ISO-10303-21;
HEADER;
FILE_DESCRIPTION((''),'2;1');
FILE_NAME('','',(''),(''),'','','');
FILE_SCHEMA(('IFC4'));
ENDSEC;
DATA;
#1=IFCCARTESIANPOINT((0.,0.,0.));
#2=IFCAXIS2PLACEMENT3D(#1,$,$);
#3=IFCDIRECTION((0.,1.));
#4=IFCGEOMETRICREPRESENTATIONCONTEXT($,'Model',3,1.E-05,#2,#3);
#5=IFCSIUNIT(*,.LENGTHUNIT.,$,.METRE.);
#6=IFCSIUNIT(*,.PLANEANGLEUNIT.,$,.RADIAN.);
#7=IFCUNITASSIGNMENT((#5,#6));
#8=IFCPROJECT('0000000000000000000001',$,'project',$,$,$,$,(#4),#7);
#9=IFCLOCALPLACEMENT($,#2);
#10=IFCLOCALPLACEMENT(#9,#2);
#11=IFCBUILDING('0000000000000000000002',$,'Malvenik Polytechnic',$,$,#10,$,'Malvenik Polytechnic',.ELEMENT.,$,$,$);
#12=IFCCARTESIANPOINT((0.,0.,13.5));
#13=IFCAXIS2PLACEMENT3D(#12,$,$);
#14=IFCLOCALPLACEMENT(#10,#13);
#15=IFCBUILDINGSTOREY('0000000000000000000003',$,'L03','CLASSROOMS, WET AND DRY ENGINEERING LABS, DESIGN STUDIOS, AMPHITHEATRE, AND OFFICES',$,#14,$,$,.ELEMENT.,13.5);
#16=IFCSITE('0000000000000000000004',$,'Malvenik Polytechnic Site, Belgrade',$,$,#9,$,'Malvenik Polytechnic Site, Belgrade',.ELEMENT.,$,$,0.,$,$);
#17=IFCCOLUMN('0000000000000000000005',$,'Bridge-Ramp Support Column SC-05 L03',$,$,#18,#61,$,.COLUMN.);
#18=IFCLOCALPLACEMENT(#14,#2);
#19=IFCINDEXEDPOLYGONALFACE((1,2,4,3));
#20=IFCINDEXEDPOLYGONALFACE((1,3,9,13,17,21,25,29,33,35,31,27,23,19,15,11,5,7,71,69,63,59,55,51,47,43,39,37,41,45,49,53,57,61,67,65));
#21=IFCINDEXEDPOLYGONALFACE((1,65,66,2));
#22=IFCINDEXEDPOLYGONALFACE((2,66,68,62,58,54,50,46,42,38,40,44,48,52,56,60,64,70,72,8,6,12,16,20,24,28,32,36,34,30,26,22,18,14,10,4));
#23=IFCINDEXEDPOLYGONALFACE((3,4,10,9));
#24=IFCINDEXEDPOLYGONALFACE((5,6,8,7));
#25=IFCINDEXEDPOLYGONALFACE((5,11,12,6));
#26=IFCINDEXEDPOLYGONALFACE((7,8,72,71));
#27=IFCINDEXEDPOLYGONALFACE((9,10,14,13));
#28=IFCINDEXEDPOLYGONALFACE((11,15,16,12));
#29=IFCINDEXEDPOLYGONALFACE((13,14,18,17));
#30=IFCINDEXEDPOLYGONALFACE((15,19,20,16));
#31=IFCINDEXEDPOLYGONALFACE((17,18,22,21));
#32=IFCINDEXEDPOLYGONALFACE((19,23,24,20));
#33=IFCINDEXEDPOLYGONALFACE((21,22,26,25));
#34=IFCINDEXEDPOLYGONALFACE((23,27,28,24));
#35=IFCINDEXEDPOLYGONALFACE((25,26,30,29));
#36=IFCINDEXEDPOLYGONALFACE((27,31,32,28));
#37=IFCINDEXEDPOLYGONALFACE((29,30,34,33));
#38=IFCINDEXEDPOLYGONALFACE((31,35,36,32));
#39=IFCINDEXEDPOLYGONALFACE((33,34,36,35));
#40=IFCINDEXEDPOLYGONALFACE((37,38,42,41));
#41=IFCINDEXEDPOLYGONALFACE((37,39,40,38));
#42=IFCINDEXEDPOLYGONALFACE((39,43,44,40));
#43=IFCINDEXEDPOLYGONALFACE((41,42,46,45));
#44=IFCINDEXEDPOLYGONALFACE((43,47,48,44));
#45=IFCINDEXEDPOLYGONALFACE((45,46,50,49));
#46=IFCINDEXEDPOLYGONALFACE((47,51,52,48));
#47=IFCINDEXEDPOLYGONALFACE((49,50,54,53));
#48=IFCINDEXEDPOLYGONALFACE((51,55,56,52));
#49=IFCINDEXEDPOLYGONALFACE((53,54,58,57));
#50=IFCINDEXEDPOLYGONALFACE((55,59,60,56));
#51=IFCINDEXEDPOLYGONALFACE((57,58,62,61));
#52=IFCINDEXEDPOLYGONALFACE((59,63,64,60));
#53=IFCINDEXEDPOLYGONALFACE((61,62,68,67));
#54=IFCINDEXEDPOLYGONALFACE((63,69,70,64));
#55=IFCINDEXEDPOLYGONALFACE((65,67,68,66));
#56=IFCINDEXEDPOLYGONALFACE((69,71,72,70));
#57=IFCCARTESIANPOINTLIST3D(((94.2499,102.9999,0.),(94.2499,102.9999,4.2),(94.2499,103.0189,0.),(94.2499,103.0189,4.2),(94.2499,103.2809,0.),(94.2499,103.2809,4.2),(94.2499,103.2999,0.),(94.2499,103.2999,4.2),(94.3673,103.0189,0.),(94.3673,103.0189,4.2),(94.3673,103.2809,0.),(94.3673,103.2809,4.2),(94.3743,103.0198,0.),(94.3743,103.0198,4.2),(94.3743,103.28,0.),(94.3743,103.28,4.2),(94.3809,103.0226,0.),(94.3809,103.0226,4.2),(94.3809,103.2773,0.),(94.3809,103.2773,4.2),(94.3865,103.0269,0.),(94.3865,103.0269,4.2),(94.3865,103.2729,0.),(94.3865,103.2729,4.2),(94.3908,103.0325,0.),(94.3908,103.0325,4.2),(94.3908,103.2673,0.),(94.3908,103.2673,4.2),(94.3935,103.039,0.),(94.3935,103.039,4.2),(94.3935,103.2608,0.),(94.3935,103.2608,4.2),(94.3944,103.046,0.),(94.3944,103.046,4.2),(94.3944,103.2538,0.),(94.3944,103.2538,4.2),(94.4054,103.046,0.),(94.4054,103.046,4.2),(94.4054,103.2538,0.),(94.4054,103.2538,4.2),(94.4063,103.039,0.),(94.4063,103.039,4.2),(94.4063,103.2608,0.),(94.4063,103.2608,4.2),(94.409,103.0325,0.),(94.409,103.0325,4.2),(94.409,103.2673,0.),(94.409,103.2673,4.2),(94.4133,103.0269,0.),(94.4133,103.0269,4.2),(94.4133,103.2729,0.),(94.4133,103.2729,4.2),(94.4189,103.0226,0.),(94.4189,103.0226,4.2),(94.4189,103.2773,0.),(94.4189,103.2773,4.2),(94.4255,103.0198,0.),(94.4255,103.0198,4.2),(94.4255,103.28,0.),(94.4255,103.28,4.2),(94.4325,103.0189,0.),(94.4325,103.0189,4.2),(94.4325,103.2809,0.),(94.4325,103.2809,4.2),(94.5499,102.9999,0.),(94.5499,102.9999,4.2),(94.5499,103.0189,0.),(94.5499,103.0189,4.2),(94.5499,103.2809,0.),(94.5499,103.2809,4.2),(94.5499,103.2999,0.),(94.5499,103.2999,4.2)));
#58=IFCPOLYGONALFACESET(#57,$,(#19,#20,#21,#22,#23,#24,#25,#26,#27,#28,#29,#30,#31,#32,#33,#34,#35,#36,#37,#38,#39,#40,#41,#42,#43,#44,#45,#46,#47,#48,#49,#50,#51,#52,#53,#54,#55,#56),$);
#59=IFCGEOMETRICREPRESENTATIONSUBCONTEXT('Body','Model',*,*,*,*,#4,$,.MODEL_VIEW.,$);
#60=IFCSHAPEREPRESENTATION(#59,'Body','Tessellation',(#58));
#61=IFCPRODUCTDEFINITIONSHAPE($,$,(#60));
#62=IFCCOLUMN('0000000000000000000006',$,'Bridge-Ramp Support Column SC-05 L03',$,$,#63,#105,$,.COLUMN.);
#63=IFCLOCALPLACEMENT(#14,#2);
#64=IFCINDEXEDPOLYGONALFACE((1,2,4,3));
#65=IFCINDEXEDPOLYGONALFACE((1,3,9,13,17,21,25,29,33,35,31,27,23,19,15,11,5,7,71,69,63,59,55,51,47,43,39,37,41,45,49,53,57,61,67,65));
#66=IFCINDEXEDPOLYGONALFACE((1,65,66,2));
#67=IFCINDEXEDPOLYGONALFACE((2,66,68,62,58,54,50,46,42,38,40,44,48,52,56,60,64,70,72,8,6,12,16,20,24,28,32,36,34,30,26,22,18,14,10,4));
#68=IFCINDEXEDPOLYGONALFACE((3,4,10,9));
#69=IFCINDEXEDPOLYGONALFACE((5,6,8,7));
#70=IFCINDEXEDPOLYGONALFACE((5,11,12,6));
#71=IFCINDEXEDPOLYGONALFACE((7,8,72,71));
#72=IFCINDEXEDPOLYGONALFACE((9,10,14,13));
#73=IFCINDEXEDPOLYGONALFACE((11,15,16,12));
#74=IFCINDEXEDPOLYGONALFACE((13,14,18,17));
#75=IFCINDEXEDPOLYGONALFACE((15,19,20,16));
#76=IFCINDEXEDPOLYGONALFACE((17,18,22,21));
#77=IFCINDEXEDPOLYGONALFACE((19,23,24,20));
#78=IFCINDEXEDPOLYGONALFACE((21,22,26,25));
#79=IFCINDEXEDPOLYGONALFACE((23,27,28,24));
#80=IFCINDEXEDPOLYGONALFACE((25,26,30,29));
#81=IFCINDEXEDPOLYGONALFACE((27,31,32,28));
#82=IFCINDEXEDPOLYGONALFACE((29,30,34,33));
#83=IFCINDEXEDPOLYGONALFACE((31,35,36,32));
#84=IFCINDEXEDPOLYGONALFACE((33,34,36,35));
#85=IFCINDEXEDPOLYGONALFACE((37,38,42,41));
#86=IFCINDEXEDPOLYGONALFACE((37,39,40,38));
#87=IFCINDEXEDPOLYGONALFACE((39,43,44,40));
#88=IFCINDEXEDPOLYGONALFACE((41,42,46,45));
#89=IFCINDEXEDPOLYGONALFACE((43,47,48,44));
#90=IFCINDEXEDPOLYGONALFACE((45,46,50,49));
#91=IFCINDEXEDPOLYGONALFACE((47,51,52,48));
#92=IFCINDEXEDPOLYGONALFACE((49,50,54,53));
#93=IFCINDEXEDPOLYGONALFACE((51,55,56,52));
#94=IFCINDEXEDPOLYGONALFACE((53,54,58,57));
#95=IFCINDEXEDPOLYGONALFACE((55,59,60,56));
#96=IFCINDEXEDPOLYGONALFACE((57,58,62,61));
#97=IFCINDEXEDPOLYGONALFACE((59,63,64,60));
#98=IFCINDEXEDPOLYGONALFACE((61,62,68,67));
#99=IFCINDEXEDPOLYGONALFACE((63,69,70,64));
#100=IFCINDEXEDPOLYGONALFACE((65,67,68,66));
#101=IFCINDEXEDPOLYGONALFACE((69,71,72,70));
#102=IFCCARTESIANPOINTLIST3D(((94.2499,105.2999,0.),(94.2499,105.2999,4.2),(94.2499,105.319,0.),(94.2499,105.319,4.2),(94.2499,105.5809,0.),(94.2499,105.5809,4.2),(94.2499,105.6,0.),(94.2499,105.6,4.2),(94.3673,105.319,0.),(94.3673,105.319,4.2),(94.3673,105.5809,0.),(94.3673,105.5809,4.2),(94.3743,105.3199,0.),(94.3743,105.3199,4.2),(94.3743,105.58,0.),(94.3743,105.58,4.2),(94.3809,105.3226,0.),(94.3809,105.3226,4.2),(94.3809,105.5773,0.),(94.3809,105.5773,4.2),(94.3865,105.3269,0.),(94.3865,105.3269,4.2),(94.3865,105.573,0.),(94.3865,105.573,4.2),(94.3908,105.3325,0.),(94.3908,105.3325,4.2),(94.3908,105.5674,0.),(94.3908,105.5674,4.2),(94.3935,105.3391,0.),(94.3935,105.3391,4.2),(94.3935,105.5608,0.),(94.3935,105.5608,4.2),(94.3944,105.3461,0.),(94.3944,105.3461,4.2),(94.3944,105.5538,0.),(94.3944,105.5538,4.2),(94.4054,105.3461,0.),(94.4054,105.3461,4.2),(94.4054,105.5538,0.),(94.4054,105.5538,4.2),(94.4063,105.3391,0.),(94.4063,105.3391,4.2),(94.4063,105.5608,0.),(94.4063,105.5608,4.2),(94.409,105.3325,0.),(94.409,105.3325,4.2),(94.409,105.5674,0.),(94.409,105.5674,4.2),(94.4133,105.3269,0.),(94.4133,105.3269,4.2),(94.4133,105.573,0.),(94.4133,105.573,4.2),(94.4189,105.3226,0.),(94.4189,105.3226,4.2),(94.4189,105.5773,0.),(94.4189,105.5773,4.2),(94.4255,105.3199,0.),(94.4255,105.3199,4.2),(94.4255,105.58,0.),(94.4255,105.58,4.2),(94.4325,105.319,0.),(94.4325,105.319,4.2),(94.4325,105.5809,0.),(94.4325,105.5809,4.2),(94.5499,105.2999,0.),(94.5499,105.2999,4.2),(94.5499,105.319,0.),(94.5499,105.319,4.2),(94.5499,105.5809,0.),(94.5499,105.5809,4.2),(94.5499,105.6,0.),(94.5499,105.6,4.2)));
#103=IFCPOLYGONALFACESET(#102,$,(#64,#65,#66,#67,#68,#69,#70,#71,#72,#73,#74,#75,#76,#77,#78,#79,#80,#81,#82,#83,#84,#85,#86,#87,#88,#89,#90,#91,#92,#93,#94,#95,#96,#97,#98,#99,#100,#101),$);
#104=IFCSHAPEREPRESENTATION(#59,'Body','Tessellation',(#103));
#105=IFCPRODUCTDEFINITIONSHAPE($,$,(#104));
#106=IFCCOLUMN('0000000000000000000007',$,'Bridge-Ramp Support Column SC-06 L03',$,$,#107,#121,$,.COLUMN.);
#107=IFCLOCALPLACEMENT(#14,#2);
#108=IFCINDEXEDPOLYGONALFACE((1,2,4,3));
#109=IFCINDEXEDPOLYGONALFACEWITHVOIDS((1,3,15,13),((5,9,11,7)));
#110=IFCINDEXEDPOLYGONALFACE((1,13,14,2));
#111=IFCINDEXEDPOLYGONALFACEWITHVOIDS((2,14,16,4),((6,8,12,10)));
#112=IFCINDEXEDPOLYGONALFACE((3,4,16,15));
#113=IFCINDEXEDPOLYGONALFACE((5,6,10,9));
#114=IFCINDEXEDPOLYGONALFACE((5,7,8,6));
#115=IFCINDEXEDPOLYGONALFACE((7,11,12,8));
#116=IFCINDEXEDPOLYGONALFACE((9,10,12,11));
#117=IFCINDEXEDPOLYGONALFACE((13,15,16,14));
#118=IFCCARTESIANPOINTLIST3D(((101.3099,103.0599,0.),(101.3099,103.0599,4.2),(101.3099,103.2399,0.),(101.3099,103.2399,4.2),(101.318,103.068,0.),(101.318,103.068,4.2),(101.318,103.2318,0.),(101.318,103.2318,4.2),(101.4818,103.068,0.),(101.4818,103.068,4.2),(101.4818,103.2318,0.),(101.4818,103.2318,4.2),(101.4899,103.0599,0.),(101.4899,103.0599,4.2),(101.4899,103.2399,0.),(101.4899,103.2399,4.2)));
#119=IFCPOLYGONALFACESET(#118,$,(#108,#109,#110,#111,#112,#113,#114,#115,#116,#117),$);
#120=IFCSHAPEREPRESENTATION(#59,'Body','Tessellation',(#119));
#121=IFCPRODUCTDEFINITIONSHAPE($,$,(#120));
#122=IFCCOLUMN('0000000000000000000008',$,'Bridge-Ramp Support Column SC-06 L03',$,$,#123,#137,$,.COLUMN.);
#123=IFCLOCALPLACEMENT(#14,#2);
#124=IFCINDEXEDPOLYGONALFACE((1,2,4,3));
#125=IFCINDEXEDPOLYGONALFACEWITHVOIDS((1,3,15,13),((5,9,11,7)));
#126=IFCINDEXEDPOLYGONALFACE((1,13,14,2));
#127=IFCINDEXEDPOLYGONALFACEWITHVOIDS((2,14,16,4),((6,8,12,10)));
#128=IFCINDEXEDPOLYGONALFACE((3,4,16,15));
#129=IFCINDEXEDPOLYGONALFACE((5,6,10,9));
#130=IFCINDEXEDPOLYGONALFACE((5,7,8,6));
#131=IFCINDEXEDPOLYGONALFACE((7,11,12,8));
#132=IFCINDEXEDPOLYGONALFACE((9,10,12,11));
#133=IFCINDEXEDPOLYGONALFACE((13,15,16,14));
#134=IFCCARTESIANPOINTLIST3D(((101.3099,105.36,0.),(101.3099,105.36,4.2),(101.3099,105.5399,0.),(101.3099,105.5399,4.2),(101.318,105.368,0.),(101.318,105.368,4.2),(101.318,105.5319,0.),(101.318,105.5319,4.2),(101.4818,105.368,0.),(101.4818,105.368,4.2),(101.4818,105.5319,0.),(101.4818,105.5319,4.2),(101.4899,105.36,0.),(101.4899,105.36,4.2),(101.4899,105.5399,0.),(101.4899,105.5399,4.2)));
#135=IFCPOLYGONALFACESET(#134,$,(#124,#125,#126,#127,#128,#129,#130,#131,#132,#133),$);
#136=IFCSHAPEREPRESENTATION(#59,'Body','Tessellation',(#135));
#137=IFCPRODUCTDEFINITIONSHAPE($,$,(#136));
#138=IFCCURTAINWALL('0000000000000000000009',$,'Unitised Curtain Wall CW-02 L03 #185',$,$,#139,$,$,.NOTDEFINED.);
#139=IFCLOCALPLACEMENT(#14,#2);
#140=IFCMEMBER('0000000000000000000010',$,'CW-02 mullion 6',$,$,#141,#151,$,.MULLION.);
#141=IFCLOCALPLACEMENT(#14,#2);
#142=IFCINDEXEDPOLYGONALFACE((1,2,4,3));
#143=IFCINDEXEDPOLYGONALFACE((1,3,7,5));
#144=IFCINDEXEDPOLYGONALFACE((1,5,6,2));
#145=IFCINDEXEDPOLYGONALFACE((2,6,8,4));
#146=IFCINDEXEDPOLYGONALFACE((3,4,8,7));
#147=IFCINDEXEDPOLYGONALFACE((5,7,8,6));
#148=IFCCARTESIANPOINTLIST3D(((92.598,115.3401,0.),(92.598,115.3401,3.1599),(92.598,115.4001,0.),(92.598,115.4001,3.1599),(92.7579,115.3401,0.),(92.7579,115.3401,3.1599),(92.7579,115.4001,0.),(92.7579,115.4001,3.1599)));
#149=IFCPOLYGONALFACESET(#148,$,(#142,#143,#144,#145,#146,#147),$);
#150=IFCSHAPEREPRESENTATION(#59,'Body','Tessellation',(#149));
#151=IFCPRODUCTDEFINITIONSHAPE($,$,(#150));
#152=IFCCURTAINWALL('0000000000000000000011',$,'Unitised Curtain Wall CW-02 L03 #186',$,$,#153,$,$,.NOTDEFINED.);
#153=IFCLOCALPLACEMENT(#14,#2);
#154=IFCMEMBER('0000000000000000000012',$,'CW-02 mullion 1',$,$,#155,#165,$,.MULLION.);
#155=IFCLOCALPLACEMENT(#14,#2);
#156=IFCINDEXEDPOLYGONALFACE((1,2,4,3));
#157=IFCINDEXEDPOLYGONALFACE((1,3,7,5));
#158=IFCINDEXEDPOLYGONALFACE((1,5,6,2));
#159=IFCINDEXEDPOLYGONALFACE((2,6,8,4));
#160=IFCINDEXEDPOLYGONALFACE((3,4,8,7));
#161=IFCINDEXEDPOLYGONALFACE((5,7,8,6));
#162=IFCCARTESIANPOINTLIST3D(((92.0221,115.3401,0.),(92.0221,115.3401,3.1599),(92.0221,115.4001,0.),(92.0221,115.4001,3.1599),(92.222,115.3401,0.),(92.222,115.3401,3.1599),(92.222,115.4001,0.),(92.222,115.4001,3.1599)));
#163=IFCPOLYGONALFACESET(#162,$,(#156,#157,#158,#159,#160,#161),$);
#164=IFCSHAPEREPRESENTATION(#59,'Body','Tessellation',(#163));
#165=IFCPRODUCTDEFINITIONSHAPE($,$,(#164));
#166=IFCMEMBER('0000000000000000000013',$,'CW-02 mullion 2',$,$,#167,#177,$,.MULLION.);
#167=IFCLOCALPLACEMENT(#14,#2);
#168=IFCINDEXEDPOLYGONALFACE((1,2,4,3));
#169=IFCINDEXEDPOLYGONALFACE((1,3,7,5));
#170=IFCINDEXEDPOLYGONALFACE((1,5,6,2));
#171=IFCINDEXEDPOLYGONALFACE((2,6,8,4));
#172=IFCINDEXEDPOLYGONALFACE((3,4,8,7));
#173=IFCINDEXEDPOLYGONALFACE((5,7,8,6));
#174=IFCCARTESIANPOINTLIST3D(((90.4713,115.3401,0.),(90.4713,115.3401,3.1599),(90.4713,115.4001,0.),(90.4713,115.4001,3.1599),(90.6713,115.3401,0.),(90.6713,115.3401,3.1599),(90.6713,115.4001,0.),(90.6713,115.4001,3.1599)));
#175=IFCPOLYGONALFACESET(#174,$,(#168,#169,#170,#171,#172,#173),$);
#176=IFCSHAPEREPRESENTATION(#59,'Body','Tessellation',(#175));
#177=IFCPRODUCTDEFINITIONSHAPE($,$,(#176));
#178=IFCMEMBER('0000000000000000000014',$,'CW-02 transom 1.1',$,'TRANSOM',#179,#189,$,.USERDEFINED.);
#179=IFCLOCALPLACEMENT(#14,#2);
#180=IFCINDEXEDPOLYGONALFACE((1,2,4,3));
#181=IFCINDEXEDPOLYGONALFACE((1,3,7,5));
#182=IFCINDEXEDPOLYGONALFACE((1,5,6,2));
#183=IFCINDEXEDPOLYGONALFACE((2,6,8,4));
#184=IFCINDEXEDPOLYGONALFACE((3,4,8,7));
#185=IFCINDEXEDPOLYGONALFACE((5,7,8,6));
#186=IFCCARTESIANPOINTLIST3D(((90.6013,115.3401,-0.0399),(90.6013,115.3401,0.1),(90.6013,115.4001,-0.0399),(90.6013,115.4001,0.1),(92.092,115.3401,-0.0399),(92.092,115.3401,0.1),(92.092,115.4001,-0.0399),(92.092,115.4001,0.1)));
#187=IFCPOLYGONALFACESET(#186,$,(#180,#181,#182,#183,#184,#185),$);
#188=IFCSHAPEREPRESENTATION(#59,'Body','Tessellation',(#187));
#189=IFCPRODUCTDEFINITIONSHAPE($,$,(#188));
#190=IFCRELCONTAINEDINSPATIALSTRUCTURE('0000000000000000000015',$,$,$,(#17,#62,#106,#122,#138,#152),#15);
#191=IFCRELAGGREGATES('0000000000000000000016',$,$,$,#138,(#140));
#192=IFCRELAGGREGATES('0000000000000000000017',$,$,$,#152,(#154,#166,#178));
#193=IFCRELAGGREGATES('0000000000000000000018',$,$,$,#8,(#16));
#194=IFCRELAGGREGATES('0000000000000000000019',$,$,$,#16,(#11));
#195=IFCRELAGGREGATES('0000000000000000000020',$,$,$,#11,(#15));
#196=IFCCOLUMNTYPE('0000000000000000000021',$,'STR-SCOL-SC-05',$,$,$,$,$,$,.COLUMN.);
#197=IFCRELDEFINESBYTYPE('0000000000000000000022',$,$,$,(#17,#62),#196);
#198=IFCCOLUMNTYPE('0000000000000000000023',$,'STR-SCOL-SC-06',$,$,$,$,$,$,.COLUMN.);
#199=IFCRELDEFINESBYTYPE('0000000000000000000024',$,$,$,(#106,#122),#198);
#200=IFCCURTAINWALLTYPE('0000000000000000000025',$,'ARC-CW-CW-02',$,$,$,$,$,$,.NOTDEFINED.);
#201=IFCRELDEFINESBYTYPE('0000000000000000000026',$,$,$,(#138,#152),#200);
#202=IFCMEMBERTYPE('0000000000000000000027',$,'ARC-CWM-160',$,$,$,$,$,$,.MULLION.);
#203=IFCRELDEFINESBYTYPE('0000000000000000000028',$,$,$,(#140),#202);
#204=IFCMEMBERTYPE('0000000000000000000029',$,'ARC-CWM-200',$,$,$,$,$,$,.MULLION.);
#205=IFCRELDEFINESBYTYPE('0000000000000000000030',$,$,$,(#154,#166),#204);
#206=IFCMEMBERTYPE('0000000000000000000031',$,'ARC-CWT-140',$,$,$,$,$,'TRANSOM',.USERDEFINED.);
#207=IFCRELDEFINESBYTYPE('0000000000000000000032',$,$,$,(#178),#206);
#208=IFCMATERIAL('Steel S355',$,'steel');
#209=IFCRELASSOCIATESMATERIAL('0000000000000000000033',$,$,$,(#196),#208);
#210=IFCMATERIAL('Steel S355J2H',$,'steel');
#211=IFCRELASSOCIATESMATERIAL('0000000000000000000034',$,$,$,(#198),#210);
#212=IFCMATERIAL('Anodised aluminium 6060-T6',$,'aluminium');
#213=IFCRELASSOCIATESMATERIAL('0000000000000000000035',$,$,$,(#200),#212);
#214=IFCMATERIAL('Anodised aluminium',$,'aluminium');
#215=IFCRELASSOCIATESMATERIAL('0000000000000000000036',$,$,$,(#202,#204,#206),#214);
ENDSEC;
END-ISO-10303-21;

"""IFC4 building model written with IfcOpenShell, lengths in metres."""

from ifc_helpers import new_model, si_unit, direction, frame, origin, origin_2d, place, context, subcontext, project, spatial, rectangle, hollow_rectangle, i_section, extrude, material, material_profile, profile_set, type_object, element, aggregate, save


model = new_model("IFC4")

# Units and contexts
model_context = context("Model", 3, precision=1e-05, world=origin(), true_north=direction((0.0, 1.0)))
body_context = subcontext(model_context, "Body", "Model", "MODEL_VIEW")
ifc_project = project(units=[si_unit("LENGTHUNIT", "METRE"), si_unit("PLANEANGLEUNIT", "RADIAN")], contexts=[model_context])

# Site, building, storey
site_placement = place(None, origin())
site = spatial("IfcSite", under=ifc_project, at=site_placement, Name="Malvenik Polytechnic Site, Belgrade", LongName="Malvenik Polytechnic Site, Belgrade", CompositionType="ELEMENT", RefElevation=0.0)
building_placement = place(site_placement, origin())
building = spatial("IfcBuilding", under=site, at=building_placement, Name="Malvenik Polytechnic", LongName="Malvenik Polytechnic", CompositionType="ELEMENT")
storey_placement = place(building_placement, frame((0.0, 0.0, 13.5)))
storey = spatial("IfcBuildingStorey", under=building, at=storey_placement, Name="L03", Description="CLASSROOMS, WET AND DRY ENGINEERING LABS, DESIGN STUDIOS, AMPHITHEATRE, AND OFFICES", CompositionType="ELEMENT", Elevation=13.5)

# Columns
ifc_material_1 = material(Name="Steel S355J2H", Category="steel")
ifc_material_2 = material(Name="Steel S355", Category="steel")
ifc_material_profile_1 = material_profile(ifc_material_2, i_section(OverallWidth=0.3, OverallDepth=0.3, WebThickness=0.011, FlangeThickness=0.019, FilletRadius=0.0271, at=origin_2d()), Name="HEB 300")
ifc_profile_set_1 = profile_set([ifc_material_profile_1], Name="Steel S355")
column_type_1 = type_object("IfcColumnType", Name="STR-SCOL-SC-05", PredefinedType="COLUMN", material=ifc_profile_set_1)
for number, where, z_axis, x_axis, name in (
    (1, (94.3999, 103.1499, 0.0), (0.0, 0.0, 1.0), (1.0, 0.0, 0.0), "Bridge-Ramp Support Column SC-05 L03"),
    (2, (94.3999, 105.45, 0.0), (0.0, 0.0, 1.0), (1.0, 0.0, 0.0), "Bridge-Ramp Support Column SC-05 L03"),
):
    element("IfcColumn", number, at=place(storey_placement, frame(where, z_axis=z_axis, x_axis=x_axis)), inside=storey, type_object=column_type_1, Name=name, PredefinedType="COLUMN", context=body_context, shape_type="SweptSolid", body=[
        extrude(i_section(OverallWidth=0.3, OverallDepth=0.3, WebThickness=0.011, FlangeThickness=0.019, FilletRadius=0.0271, at=origin_2d()), origin(), (0.0, 0.0, 1.0), 4.2),
    ])
ifc_material_profile_2 = material_profile(ifc_material_1, hollow_rectangle(XDim=0.1799, YDim=0.1799, WallThickness=0.0081, at=origin_2d()), Name="SHS 180x180x8.0")
ifc_profile_set_2 = profile_set([ifc_material_profile_2], Name="Steel S355J2H")
column_type_2 = type_object("IfcColumnType", Name="STR-SCOL-SC-06", PredefinedType="COLUMN", material=ifc_profile_set_2)
for number, where, z_axis, x_axis, name in (
    (3, (101.3999, 103.1499, 0.0), (0.0, 0.0, 1.0), (1.0, 0.0, 0.0), "Bridge-Ramp Support Column SC-06 L03"),
    (4, (101.3999, 105.45, 0.0), (0.0, 0.0, 1.0), (1.0, 0.0, 0.0), "Bridge-Ramp Support Column SC-06 L03"),
):
    element("IfcColumn", number, at=place(storey_placement, frame(where, z_axis=z_axis, x_axis=x_axis)), inside=storey, type_object=column_type_2, Name=name, PredefinedType="COLUMN", context=body_context, shape_type="SweptSolid", body=[
        extrude(hollow_rectangle(XDim=0.1799, YDim=0.1799, WallThickness=0.0081, at=origin_2d()), origin(), (0.0, 0.0, 1.0), 4.2),
    ])

# Curtain wall, member
ifc_material_3 = material(Name="Anodised aluminium 6060-T6", Category="aluminium")
curtain_wall_type = type_object("IfcCurtainWallType", Name="ARC-CW-CW-02", PredefinedType="NOTDEFINED", material=ifc_material_3)
curtain_wall_1_placement = place(storey_placement, origin())
curtain_wall_1 = element("IfcCurtainWall", 5, at=curtain_wall_1_placement, inside=storey, type_object=curtain_wall_type, Name="Unitised Curtain Wall CW-02 L03 #185", PredefinedType="NOTDEFINED")
ifc_material_4 = material(Name="Anodised aluminium", Category="aluminium")
ifc_material_profile_3 = material_profile(ifc_material_4, rectangle(XDim=0.0601, YDim=0.1599, at=origin_2d()), Name="ALU MULLION 60x160")
ifc_profile_set_3 = profile_set([ifc_material_profile_3], Name="Anodised aluminium")
member_type_1 = type_object("IfcMemberType", Name="ARC-CWM-160", PredefinedType="MULLION", material=ifc_profile_set_3)
member_1_placement = place(storey_placement, frame((92.678, 115.3701, 0.0), z_axis=(0.0, 0.0, 1.0), x_axis=(0.0, -1.0, 0.0)))
member_1 = element("IfcMember", 6, at=member_1_placement, type_object=member_type_1, Name="CW-02 mullion 6", PredefinedType="MULLION", context=body_context, shape_type="SweptSolid", body=[
    extrude(rectangle(XDim=0.0601, YDim=0.1599, at=origin_2d()), origin(), (0.0, 0.0, 1.0), 3.1599),
])

# Curtain wall, members
curtain_wall_2_placement = place(storey_placement, origin())
curtain_wall_2 = element("IfcCurtainWall", 7, at=curtain_wall_2_placement, inside=storey, type_object=curtain_wall_type, Name="Unitised Curtain Wall CW-02 L03 #186", PredefinedType="NOTDEFINED")
ifc_material_profile_4 = material_profile(ifc_material_4, rectangle(XDim=0.0601, YDim=0.2, at=origin_2d()), Name="ALU MULLION 60x200")
ifc_profile_set_4 = profile_set([ifc_material_profile_4], Name="Anodised aluminium")
member_type_2 = type_object("IfcMemberType", Name="ARC-CWM-200", PredefinedType="MULLION", material=ifc_profile_set_4)
member_2_placement = place(storey_placement, frame((92.1221, 115.3701, 0.0), z_axis=(0.0, 0.0, 1.0), x_axis=(0.0, -1.0, 0.0)))
member_2 = element("IfcMember", 8, at=member_2_placement, type_object=member_type_2, Name="CW-02 mullion 1", PredefinedType="MULLION", context=body_context, shape_type="SweptSolid", body=[
    extrude(rectangle(XDim=0.0601, YDim=0.2, at=origin_2d()), origin(), (0.0, 0.0, 1.0), 3.1599),
])
member_3_placement = place(storey_placement, frame((90.5713, 115.3701, 0.0), z_axis=(0.0, 0.0, 1.0), x_axis=(0.0, -1.0, 0.0)))
member_3 = element("IfcMember", 9, at=member_3_placement, type_object=member_type_2, Name="CW-02 mullion 2", PredefinedType="MULLION", context=body_context, shape_type="SweptSolid", body=[
    extrude(rectangle(XDim=0.0601, YDim=0.2, at=origin_2d()), origin(), (0.0, 0.0, 1.0), 3.1599),
])
ifc_material_profile_5 = material_profile(ifc_material_4, rectangle(XDim=0.0601, YDim=0.1399, at=origin_2d()), Name="ALU TRANSOM 60x140")
ifc_profile_set_5 = profile_set([ifc_material_profile_5], Name="Anodised aluminium")
member_type_3 = type_object("IfcMemberType", Name="ARC-CWT-140", ElementType="TRANSOM", PredefinedType="USERDEFINED", material=ifc_profile_set_5)
member_4_placement = place(storey_placement, frame((92.092, 115.3701, 0.03), z_axis=(-1.0, 0.0, 0.0), x_axis=(0.0, -1.0, 0.0)))
member_4 = element("IfcMember", 10, at=member_4_placement, type_object=member_type_3, Name="CW-02 transom 1.1", ObjectType="TRANSOM", PredefinedType="USERDEFINED", context=body_context, shape_type="SweptSolid", body=[
    extrude(rectangle(XDim=0.0601, YDim=0.1399, at=origin_2d()), origin(), (0.0, 0.0, 1.0), 1.4907),
])

aggregate(curtain_wall_1, [member_1])
aggregate(curtain_wall_2, [member_2, member_3, member_4])

save(model, "model.ifc")
